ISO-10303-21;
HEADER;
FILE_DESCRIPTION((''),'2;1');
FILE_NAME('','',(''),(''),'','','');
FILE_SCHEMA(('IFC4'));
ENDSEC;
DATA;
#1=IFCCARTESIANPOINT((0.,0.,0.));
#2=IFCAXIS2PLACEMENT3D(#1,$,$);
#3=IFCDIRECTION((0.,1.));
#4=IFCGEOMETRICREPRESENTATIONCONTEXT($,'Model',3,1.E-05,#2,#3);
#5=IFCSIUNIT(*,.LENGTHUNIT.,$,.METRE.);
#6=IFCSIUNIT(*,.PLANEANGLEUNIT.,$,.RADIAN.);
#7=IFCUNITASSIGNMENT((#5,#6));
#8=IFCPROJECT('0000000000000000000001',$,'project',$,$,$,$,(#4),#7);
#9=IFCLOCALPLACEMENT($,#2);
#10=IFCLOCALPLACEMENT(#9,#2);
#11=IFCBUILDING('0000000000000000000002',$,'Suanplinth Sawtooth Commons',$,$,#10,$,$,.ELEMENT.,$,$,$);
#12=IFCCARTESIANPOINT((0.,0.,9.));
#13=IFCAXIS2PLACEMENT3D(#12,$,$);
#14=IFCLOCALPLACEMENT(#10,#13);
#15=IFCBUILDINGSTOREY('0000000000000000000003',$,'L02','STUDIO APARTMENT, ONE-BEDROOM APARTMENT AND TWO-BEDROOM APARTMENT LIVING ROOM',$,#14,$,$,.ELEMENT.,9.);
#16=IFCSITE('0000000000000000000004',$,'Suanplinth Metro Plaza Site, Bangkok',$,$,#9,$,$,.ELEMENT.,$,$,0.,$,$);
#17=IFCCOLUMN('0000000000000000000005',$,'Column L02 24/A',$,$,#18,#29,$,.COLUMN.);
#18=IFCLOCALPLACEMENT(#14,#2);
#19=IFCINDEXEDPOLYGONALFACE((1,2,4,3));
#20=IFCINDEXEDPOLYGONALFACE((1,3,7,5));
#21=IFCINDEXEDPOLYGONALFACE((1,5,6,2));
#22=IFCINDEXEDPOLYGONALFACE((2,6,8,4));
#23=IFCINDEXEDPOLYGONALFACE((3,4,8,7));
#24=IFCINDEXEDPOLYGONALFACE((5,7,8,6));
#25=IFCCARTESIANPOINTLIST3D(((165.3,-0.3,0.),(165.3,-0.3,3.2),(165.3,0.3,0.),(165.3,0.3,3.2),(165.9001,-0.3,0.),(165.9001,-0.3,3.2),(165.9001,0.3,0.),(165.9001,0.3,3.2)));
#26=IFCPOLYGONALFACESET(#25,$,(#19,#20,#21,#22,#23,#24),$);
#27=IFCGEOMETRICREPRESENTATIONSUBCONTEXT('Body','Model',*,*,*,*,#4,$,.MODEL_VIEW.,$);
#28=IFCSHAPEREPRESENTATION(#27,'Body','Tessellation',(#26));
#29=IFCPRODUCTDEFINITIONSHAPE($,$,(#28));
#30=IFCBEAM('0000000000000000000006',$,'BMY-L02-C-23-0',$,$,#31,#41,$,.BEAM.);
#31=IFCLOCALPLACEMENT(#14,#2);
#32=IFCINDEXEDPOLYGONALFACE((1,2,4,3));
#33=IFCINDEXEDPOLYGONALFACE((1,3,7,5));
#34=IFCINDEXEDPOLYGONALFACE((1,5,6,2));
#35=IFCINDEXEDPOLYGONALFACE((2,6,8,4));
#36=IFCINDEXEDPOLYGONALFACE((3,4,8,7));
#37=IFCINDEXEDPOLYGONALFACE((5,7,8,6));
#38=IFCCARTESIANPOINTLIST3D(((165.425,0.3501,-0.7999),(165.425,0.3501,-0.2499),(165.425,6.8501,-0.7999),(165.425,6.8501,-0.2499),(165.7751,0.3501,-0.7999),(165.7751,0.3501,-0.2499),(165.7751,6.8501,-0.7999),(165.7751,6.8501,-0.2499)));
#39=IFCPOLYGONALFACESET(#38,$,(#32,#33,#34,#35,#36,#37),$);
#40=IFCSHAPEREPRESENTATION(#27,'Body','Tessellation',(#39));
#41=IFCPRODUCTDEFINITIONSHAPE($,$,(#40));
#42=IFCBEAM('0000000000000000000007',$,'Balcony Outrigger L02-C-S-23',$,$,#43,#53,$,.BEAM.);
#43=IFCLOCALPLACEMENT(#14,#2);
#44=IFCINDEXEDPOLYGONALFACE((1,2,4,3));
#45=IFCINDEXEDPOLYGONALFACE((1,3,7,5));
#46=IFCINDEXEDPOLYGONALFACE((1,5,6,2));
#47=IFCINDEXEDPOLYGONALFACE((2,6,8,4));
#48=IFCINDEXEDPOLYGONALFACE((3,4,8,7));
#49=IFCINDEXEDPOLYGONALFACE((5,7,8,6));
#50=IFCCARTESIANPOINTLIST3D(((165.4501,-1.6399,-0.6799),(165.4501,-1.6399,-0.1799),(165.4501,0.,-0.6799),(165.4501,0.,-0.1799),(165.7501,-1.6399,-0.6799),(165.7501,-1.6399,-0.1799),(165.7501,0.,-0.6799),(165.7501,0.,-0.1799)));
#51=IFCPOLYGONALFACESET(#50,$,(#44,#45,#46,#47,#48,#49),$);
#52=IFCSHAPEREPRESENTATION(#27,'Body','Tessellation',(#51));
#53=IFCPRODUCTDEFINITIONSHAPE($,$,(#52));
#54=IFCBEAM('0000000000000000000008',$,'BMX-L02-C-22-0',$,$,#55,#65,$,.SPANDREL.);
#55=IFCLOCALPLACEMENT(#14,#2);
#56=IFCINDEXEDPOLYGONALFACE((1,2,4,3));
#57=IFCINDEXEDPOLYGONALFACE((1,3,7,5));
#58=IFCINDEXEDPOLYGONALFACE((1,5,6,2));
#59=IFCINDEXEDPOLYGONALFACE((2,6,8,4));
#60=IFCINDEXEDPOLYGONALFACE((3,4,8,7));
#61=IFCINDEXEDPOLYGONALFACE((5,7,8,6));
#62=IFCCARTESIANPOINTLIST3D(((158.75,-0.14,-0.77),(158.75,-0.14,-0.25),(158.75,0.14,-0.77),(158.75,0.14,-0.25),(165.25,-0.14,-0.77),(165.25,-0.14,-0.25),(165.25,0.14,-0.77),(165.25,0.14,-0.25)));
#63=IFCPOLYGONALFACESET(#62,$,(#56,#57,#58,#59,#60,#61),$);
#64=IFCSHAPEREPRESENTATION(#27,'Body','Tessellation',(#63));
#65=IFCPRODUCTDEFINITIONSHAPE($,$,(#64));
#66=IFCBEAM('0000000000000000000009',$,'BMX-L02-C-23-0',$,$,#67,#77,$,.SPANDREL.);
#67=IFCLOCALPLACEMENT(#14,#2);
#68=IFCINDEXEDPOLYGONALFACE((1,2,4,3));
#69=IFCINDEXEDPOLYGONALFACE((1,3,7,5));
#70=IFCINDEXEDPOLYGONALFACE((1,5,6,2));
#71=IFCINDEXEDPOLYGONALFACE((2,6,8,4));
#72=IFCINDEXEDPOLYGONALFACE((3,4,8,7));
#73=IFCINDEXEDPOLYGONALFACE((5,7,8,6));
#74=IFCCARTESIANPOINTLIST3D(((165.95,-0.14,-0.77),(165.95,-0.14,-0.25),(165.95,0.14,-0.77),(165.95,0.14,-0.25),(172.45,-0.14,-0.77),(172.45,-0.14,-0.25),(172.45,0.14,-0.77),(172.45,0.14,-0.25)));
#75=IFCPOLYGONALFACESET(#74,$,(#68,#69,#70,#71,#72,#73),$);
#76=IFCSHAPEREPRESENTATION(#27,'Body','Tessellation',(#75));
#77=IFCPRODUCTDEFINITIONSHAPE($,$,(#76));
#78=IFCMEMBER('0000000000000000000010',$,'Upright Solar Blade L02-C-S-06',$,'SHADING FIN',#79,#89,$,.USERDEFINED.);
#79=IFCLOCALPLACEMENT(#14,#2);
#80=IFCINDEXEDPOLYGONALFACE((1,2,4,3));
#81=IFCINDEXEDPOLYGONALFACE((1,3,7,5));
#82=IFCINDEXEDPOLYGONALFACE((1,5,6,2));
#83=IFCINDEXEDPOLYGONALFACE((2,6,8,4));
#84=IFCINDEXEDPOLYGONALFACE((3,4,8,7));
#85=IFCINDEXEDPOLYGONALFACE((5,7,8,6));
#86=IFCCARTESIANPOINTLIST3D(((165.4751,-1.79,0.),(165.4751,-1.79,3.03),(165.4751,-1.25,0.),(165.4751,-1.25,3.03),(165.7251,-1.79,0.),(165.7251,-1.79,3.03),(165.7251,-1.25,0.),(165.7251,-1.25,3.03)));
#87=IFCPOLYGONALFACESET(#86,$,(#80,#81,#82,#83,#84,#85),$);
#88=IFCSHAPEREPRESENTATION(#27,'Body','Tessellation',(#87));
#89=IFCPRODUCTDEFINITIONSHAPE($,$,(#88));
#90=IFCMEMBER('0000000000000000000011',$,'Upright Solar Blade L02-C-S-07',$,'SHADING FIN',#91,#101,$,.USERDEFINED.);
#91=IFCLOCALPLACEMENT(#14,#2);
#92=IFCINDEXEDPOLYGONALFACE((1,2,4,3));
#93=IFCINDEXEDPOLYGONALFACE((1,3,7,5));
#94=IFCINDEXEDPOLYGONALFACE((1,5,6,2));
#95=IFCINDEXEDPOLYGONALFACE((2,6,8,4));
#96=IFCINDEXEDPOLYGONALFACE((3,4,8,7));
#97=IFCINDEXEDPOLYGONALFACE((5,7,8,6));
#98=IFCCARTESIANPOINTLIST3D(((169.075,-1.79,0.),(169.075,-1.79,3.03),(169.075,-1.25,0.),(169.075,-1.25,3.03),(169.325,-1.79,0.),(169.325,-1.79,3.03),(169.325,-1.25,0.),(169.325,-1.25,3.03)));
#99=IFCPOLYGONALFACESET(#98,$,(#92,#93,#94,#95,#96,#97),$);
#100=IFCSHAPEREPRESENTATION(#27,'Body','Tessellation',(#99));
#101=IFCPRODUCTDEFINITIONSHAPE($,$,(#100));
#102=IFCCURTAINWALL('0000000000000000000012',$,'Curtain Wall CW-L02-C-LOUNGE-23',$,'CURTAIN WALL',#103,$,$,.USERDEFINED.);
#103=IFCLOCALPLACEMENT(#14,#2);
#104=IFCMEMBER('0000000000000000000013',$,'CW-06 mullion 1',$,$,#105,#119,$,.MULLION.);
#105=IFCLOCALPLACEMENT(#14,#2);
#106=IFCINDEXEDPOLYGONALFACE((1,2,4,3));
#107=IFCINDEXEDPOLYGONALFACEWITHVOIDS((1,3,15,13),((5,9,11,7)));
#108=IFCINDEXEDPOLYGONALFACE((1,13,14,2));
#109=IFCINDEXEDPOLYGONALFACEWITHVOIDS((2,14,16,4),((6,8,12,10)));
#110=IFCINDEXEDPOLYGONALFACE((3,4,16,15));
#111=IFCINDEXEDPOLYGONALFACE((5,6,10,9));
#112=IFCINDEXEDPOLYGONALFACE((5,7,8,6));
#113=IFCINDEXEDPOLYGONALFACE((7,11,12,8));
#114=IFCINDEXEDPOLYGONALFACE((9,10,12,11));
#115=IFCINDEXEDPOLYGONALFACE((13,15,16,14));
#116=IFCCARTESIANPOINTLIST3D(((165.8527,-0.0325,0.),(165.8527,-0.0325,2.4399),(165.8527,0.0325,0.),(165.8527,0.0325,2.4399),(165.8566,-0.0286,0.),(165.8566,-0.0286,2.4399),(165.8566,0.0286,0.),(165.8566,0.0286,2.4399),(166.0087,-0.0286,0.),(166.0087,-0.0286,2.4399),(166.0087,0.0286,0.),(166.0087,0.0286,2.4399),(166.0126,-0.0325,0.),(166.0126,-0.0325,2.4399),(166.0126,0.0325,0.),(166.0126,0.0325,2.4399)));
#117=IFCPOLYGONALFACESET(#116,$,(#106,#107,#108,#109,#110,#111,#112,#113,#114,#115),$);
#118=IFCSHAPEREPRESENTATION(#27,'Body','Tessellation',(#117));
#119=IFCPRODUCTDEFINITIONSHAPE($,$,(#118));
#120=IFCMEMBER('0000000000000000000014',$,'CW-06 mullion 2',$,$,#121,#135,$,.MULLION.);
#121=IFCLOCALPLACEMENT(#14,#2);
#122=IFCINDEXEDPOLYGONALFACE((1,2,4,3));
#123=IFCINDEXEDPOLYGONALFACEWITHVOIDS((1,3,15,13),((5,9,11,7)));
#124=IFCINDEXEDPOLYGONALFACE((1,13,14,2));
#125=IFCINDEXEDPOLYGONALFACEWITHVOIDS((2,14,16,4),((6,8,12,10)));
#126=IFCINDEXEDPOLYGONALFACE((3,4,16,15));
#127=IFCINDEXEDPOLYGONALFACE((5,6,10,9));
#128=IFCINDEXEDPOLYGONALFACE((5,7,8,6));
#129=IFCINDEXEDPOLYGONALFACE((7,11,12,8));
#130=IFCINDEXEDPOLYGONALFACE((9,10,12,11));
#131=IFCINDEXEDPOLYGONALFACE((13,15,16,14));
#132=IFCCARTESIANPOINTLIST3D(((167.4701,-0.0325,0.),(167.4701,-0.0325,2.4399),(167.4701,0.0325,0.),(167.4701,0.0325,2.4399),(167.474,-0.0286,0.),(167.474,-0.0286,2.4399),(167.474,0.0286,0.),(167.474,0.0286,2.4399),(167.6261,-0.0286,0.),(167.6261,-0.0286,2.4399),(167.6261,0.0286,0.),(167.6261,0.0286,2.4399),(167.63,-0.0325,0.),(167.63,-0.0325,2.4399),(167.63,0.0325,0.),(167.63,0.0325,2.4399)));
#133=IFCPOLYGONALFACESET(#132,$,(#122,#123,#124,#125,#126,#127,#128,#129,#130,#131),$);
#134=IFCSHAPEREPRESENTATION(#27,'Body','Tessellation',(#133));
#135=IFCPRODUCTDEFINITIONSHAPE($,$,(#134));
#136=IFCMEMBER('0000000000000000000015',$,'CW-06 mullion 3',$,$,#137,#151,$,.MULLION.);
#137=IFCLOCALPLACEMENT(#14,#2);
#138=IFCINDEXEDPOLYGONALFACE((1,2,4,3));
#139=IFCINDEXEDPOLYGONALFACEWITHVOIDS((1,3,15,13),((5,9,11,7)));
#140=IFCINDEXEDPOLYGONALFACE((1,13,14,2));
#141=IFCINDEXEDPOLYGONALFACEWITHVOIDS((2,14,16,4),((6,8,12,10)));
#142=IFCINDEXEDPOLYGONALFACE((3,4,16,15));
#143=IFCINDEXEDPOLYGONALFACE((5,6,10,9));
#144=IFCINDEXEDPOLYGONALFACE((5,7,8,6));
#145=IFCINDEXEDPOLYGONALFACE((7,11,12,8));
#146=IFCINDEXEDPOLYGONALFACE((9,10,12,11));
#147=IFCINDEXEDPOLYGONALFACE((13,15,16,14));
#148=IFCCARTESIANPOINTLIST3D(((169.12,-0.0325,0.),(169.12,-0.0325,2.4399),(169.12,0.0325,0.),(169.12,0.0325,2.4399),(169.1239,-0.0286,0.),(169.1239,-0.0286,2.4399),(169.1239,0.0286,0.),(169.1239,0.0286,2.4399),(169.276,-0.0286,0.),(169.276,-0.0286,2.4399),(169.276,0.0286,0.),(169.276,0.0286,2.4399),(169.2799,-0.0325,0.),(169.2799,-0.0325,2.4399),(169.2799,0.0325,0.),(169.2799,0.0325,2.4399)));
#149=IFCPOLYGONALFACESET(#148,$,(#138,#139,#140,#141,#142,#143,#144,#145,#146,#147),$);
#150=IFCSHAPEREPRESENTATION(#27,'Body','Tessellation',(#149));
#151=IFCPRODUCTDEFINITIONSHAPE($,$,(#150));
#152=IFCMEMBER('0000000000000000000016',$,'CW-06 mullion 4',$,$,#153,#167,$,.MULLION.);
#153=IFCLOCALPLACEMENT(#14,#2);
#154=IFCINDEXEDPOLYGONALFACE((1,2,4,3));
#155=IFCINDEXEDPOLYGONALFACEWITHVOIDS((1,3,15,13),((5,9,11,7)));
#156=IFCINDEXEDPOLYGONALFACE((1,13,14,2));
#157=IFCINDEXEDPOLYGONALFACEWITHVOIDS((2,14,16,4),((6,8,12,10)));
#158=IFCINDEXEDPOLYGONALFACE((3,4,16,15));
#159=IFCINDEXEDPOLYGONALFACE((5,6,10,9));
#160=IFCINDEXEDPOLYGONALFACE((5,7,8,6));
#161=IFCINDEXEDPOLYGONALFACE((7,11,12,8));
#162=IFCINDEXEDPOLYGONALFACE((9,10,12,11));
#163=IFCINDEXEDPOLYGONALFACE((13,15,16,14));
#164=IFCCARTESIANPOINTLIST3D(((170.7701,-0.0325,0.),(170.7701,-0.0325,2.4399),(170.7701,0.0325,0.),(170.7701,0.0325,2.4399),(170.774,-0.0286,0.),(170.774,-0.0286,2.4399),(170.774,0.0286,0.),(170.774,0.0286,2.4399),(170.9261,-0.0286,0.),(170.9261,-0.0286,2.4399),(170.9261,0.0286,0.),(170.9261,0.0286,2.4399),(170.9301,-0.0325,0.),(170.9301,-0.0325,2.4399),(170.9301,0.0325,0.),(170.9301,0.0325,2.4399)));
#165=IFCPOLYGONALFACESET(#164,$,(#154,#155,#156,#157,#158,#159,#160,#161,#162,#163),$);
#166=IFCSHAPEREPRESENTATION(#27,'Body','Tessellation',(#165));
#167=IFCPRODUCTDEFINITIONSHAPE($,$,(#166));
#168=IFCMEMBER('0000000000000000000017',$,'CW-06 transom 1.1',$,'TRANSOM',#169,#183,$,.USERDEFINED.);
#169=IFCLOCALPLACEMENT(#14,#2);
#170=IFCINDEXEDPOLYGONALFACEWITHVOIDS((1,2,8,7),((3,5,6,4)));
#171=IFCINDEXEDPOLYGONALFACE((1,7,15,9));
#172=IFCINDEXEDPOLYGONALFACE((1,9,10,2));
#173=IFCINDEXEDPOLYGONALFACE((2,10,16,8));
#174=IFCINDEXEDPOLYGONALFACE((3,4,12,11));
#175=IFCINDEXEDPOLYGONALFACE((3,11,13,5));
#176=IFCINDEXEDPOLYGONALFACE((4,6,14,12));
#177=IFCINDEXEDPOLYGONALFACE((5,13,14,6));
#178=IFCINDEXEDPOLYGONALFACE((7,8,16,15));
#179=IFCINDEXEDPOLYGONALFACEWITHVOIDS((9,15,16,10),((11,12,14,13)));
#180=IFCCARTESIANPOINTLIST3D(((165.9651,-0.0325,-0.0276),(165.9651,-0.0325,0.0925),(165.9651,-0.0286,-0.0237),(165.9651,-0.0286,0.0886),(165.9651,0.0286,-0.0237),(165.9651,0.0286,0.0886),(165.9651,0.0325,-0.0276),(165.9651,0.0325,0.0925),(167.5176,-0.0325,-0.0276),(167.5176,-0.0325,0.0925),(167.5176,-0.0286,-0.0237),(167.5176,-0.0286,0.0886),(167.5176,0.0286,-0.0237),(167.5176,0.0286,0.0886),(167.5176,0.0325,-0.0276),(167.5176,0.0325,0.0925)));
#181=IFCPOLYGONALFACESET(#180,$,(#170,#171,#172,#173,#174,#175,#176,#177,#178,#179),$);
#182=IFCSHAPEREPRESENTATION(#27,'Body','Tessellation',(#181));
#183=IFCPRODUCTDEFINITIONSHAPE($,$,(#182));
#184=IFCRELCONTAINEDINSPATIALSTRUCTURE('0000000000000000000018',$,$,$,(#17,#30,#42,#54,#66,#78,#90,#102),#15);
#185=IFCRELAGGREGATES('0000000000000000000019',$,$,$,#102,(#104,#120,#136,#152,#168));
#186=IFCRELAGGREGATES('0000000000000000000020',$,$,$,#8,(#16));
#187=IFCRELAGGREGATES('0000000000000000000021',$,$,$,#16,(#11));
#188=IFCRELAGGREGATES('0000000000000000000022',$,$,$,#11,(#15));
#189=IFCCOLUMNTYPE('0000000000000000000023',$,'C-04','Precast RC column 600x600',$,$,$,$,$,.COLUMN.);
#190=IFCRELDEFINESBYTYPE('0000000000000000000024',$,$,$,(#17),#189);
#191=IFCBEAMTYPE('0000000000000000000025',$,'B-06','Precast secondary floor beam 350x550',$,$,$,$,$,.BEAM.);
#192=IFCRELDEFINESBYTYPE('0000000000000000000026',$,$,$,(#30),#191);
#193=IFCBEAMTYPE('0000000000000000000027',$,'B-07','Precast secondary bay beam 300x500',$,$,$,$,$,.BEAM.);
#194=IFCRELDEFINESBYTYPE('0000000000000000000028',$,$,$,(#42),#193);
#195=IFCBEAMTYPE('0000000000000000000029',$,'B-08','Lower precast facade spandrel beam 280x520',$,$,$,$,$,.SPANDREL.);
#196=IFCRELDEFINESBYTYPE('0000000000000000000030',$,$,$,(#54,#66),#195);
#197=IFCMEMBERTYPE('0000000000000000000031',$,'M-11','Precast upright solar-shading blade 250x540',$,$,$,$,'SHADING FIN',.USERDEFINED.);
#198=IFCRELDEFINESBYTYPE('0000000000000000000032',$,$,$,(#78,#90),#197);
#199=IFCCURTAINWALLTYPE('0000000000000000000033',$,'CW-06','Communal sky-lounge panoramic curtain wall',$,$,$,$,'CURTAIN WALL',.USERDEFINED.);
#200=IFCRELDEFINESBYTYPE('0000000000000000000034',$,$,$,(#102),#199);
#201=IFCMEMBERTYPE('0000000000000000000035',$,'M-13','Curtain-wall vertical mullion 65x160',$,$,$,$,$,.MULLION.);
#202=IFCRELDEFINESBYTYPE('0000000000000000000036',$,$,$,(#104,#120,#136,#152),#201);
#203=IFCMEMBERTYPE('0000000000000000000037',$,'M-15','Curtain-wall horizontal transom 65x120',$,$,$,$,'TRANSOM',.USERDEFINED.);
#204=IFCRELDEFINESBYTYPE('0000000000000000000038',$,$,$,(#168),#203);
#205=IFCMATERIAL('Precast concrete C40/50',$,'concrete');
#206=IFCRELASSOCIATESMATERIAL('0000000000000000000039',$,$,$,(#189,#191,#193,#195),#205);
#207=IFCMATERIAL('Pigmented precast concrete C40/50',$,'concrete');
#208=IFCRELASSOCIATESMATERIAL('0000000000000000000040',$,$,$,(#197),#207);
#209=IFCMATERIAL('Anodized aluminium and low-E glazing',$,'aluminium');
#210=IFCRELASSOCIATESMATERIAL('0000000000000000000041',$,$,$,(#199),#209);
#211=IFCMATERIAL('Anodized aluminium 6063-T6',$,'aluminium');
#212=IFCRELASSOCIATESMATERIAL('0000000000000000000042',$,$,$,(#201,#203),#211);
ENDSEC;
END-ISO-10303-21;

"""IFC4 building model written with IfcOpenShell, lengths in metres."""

from ifc_helpers import new_model, si_unit, direction, frame, origin, origin_2d, place, context, subcontext, project, spatial, rectangle, hollow_rectangle, extrude, material, material_profile, profile_set, type_object, element, aggregate, save


model = new_model("IFC4")

# Units and contexts
model_context = context("Model", 3, precision=1e-05, world=origin(), true_north=direction((0.0, 1.0)))
body_context = subcontext(model_context, "Body", "Model", "MODEL_VIEW")
ifc_project = project(units=[si_unit("LENGTHUNIT", "METRE"), si_unit("PLANEANGLEUNIT", "RADIAN")], contexts=[model_context])

# Site, building, storey
site_placement = place(None, origin())
site = spatial("IfcSite", under=ifc_project, at=site_placement, Name="Suanplinth Metro Plaza Site, Bangkok", CompositionType="ELEMENT", RefElevation=0.0)
building_placement = place(site_placement, origin())
building = spatial("IfcBuilding", under=site, at=building_placement, Name="Suanplinth Sawtooth Commons", CompositionType="ELEMENT")
storey_placement = place(building_placement, frame((0.0, 0.0, 9.0)))
storey = spatial("IfcBuildingStorey", under=building, at=storey_placement, Name="L02", Description="STUDIO APARTMENT, ONE-BEDROOM APARTMENT AND TWO-BEDROOM APARTMENT LIVING ROOM", CompositionType="ELEMENT", Elevation=9.0)

# Column
ifc_material_1 = material(Name="Precast concrete C40/50", Category="concrete")
ifc_material_profile_1 = material_profile(ifc_material_1, rectangle(XDim=0.6001, YDim=0.6001, at=origin_2d()), Name="PC-COL 600x600")
ifc_profile_set_1 = profile_set([ifc_material_profile_1], Name="Precast concrete C40/50")
column_type = type_object("IfcColumnType", Name="C-04", Description="Precast RC column 600x600", PredefinedType="COLUMN", material=ifc_profile_set_1)
column_placement = place(storey_placement, frame((165.6001, 0.0, 0.0), z_axis=(0.0, 0.0, 1.0), x_axis=(1.0, 0.0, 0.0)))
element("IfcColumn", 1, at=column_placement, inside=storey, type_object=column_type, Name="Column L02 24/A", PredefinedType="COLUMN", context=body_context, shape_type="SweptSolid", body=[
    extrude(rectangle(XDim=0.6001, YDim=0.6001, at=origin_2d()), origin(), (0.0, 0.0, 1.0), 3.2),
])

# Beams
ifc_material_profile_2 = material_profile(ifc_material_1, rectangle(XDim=0.3501, YDim=0.55, at=origin_2d()), Name="PC-BM 350x550")
ifc_profile_set_2 = profile_set([ifc_material_profile_2], Name="Precast concrete C40/50")
beam_type_1 = type_object("IfcBeamType", Name="B-06", Description="Precast secondary floor beam 350x550", PredefinedType="BEAM", material=ifc_profile_set_2)
beam_1_placement = place(storey_placement, frame((165.6001, 0.3501, -0.5249), z_axis=(0.0, 1.0, 0.0), x_axis=(-1.0, 0.0, 0.0)))
element("IfcBeam", 2, at=beam_1_placement, inside=storey, type_object=beam_type_1, Name="BMY-L02-C-23-0", PredefinedType="BEAM", context=body_context, shape_type="SweptSolid", body=[
    extrude(rectangle(XDim=0.3501, YDim=0.55, at=origin_2d()), origin(), (0.0, 0.0, 1.0), 6.5),
])
ifc_material_profile_3 = material_profile(ifc_material_1, rectangle(XDim=0.3, YDim=0.5, at=origin_2d()), Name="PC-BM 300x500")
ifc_profile_set_3 = profile_set([ifc_material_profile_3], Name="Precast concrete C40/50")
beam_type_2 = type_object("IfcBeamType", Name="B-07", Description="Precast secondary bay beam 300x500", PredefinedType="BEAM", material=ifc_profile_set_3)
beam_2_placement = place(storey_placement, frame((165.6001, 0.0, -0.4299), z_axis=(0.0, -1.0, 0.0), x_axis=(1.0, 0.0, 0.0)))
element("IfcBeam", 3, at=beam_2_placement, inside=storey, type_object=beam_type_2, Name="Balcony Outrigger L02-C-S-23", PredefinedType="BEAM", context=body_context, shape_type="SweptSolid", body=[
    extrude(rectangle(XDim=0.3, YDim=0.5, at=origin_2d()), origin(), (0.0, 0.0, 1.0), 1.6399),
])
ifc_material_profile_4 = material_profile(ifc_material_1, rectangle(XDim=0.28, YDim=0.52, at=origin_2d()), Name="PC-SP 280x520")
ifc_profile_set_4 = profile_set([ifc_material_profile_4], Name="Precast concrete C40/50")
beam_type_3 = type_object("IfcBeamType", Name="B-08", Description="Lower precast facade spandrel beam 280x520", PredefinedType="SPANDREL", material=ifc_profile_set_4)
for number, where, z_axis, x_axis, name in (
    (4, (158.75, 0.0, -0.51), (1.0, 0.0, 0.0), (0.0, 1.0, 0.0), "BMX-L02-C-22-0"),
    (5, (165.95, 0.0, -0.51), (1.0, 0.0, 0.0), (0.0, 1.0, 0.0), "BMX-L02-C-23-0"),
):
    element("IfcBeam", number, at=place(storey_placement, frame(where, z_axis=z_axis, x_axis=x_axis)), inside=storey, type_object=beam_type_3, Name=name, PredefinedType="SPANDREL", context=body_context, shape_type="SweptSolid", body=[
        extrude(rectangle(XDim=0.28, YDim=0.52, at=origin_2d()), origin(), (0.0, 0.0, 1.0), 6.5),
    ])

# Members
ifc_material_2 = material(Name="Pigmented precast concrete C40/50", Category="concrete")
ifc_material_profile_5 = material_profile(ifc_material_2, rectangle(XDim=0.25, YDim=0.54, at=origin_2d()), Name="PC-FIN 250x540")
ifc_profile_set_5 = profile_set([ifc_material_profile_5], Name="Pigmented precast concrete C40/50")
member_type_1 = type_object("IfcMemberType", Name="M-11", Description="Precast upright solar-shading blade 250x540", ElementType="SHADING FIN", PredefinedType="USERDEFINED", material=ifc_profile_set_5)
for number, where, z_axis, x_axis, name in (
    (6, (165.6001, -1.52, 0.0), (0.0, 0.0, 1.0), (1.0, 0.0, 0.0), "Upright Solar Blade L02-C-S-06"),
    (7, (169.2, -1.52, 0.0), (0.0, 0.0, 1.0), (1.0, 0.0, 0.0), "Upright Solar Blade L02-C-S-07"),
):
    element("IfcMember", number, at=place(storey_placement, frame(where, z_axis=z_axis, x_axis=x_axis)), inside=storey, type_object=member_type_1, Name=name, ObjectType="SHADING FIN", PredefinedType="USERDEFINED", context=body_context, shape_type="SweptSolid", body=[
        extrude(rectangle(XDim=0.25, YDim=0.54, at=origin_2d()), origin(), (0.0, 0.0, 1.0), 3.03),
    ])

# Curtain wall, members
ifc_material_3 = material(Name="Anodized aluminium and low-E glazing", Category="aluminium")
curtain_wall_type = type_object("IfcCurtainWallType", Name="CW-06", Description="Communal sky-lounge panoramic curtain wall", ElementType="CURTAIN WALL", PredefinedType="USERDEFINED", material=ifc_material_3)
curtain_wall_placement = place(storey_placement, origin())
curtain_wall = element("IfcCurtainWall", 8, at=curtain_wall_placement, inside=storey, type_object=curtain_wall_type, Name="Curtain Wall CW-L02-C-LOUNGE-23", ObjectType="CURTAIN WALL", PredefinedType="USERDEFINED")
ifc_material_4 = material(Name="Anodized aluminium 6063-T6", Category="aluminium")
ifc_material_profile_6 = material_profile(ifc_material_4, hollow_rectangle(XDim=0.0649, YDim=0.1599, WallThickness=0.0039, at=origin_2d()), Name="ALU-MUL 65x160")
ifc_profile_set_6 = profile_set([ifc_material_profile_6], Name="Anodized aluminium 6063-T6")
member_type_2 = type_object("IfcMemberType", Name="M-13", Description="Curtain-wall vertical mullion 65x160", PredefinedType="MULLION", material=ifc_profile_set_6)
member_1_placement = place(storey_placement, frame((165.9326, 0.0, 0.0), z_axis=(0.0, 0.0, 1.0), x_axis=(0.0, 1.0, 0.0)))
member_1 = element("IfcMember", 9, at=member_1_placement, type_object=member_type_2, Name="CW-06 mullion 1", PredefinedType="MULLION", context=body_context, shape_type="SweptSolid", body=[
    extrude(hollow_rectangle(XDim=0.0649, YDim=0.1599, WallThickness=0.0039, at=origin_2d()), origin(), (0.0, 0.0, 1.0), 2.4399),
])
member_2_placement = place(storey_placement, frame((167.55, 0.0, 0.0), z_axis=(0.0, 0.0, 1.0), x_axis=(0.0, 1.0, 0.0)))
member_2 = element("IfcMember", 10, at=member_2_placement, type_object=member_type_2, Name="CW-06 mullion 2", PredefinedType="MULLION", context=body_context, shape_type="SweptSolid", body=[
    extrude(hollow_rectangle(XDim=0.0649, YDim=0.1599, WallThickness=0.0039, at=origin_2d()), origin(), (0.0, 0.0, 1.0), 2.4399),
])
member_3_placement = place(storey_placement, frame((169.2, 0.0, 0.0), z_axis=(0.0, 0.0, 1.0), x_axis=(0.0, 1.0, 0.0)))
member_3 = element("IfcMember", 11, at=member_3_placement, type_object=member_type_2, Name="CW-06 mullion 3", PredefinedType="MULLION", context=body_context, shape_type="SweptSolid", body=[
    extrude(hollow_rectangle(XDim=0.0649, YDim=0.1599, WallThickness=0.0039, at=origin_2d()), origin(), (0.0, 0.0, 1.0), 2.4399),
])
member_4_placement = place(storey_placement, frame((170.8501, 0.0, 0.0), z_axis=(0.0, 0.0, 1.0), x_axis=(0.0, 1.0, 0.0)))
member_4 = element("IfcMember", 12, at=member_4_placement, type_object=member_type_2, Name="CW-06 mullion 4", PredefinedType="MULLION", context=body_context, shape_type="SweptSolid", body=[
    extrude(hollow_rectangle(XDim=0.0649, YDim=0.1599, WallThickness=0.0039, at=origin_2d()), origin(), (0.0, 0.0, 1.0), 2.4399),
])
ifc_material_profile_7 = material_profile(ifc_material_4, hollow_rectangle(XDim=0.0649, YDim=0.1201, WallThickness=0.0039, at=origin_2d()), Name="ALU-TRN 65x120")
ifc_profile_set_7 = profile_set([ifc_material_profile_7], Name="Anodized aluminium 6063-T6")
member_type_3 = type_object("IfcMemberType", Name="M-15", Description="Curtain-wall horizontal transom 65x120", ElementType="TRANSOM", PredefinedType="USERDEFINED", material=ifc_profile_set_7)
member_5_placement = place(storey_placement, frame((165.9651, 0.0, 0.0325), z_axis=(1.0, 0.0, 0.0), x_axis=(0.0, 1.0, 0.0)))
member_5 = element("IfcMember", 13, at=member_5_placement, type_object=member_type_3, Name="CW-06 transom 1.1", ObjectType="TRANSOM", PredefinedType="USERDEFINED", context=body_context, shape_type="SweptSolid", body=[
    extrude(hollow_rectangle(XDim=0.0649, YDim=0.1201, WallThickness=0.0039, at=origin_2d()), origin(), (0.0, 0.0, 1.0), 1.5525),
])
aggregate(curtain_wall, [member_1, member_2, member_3, member_4, member_5])

save(model, "model.ifc")
